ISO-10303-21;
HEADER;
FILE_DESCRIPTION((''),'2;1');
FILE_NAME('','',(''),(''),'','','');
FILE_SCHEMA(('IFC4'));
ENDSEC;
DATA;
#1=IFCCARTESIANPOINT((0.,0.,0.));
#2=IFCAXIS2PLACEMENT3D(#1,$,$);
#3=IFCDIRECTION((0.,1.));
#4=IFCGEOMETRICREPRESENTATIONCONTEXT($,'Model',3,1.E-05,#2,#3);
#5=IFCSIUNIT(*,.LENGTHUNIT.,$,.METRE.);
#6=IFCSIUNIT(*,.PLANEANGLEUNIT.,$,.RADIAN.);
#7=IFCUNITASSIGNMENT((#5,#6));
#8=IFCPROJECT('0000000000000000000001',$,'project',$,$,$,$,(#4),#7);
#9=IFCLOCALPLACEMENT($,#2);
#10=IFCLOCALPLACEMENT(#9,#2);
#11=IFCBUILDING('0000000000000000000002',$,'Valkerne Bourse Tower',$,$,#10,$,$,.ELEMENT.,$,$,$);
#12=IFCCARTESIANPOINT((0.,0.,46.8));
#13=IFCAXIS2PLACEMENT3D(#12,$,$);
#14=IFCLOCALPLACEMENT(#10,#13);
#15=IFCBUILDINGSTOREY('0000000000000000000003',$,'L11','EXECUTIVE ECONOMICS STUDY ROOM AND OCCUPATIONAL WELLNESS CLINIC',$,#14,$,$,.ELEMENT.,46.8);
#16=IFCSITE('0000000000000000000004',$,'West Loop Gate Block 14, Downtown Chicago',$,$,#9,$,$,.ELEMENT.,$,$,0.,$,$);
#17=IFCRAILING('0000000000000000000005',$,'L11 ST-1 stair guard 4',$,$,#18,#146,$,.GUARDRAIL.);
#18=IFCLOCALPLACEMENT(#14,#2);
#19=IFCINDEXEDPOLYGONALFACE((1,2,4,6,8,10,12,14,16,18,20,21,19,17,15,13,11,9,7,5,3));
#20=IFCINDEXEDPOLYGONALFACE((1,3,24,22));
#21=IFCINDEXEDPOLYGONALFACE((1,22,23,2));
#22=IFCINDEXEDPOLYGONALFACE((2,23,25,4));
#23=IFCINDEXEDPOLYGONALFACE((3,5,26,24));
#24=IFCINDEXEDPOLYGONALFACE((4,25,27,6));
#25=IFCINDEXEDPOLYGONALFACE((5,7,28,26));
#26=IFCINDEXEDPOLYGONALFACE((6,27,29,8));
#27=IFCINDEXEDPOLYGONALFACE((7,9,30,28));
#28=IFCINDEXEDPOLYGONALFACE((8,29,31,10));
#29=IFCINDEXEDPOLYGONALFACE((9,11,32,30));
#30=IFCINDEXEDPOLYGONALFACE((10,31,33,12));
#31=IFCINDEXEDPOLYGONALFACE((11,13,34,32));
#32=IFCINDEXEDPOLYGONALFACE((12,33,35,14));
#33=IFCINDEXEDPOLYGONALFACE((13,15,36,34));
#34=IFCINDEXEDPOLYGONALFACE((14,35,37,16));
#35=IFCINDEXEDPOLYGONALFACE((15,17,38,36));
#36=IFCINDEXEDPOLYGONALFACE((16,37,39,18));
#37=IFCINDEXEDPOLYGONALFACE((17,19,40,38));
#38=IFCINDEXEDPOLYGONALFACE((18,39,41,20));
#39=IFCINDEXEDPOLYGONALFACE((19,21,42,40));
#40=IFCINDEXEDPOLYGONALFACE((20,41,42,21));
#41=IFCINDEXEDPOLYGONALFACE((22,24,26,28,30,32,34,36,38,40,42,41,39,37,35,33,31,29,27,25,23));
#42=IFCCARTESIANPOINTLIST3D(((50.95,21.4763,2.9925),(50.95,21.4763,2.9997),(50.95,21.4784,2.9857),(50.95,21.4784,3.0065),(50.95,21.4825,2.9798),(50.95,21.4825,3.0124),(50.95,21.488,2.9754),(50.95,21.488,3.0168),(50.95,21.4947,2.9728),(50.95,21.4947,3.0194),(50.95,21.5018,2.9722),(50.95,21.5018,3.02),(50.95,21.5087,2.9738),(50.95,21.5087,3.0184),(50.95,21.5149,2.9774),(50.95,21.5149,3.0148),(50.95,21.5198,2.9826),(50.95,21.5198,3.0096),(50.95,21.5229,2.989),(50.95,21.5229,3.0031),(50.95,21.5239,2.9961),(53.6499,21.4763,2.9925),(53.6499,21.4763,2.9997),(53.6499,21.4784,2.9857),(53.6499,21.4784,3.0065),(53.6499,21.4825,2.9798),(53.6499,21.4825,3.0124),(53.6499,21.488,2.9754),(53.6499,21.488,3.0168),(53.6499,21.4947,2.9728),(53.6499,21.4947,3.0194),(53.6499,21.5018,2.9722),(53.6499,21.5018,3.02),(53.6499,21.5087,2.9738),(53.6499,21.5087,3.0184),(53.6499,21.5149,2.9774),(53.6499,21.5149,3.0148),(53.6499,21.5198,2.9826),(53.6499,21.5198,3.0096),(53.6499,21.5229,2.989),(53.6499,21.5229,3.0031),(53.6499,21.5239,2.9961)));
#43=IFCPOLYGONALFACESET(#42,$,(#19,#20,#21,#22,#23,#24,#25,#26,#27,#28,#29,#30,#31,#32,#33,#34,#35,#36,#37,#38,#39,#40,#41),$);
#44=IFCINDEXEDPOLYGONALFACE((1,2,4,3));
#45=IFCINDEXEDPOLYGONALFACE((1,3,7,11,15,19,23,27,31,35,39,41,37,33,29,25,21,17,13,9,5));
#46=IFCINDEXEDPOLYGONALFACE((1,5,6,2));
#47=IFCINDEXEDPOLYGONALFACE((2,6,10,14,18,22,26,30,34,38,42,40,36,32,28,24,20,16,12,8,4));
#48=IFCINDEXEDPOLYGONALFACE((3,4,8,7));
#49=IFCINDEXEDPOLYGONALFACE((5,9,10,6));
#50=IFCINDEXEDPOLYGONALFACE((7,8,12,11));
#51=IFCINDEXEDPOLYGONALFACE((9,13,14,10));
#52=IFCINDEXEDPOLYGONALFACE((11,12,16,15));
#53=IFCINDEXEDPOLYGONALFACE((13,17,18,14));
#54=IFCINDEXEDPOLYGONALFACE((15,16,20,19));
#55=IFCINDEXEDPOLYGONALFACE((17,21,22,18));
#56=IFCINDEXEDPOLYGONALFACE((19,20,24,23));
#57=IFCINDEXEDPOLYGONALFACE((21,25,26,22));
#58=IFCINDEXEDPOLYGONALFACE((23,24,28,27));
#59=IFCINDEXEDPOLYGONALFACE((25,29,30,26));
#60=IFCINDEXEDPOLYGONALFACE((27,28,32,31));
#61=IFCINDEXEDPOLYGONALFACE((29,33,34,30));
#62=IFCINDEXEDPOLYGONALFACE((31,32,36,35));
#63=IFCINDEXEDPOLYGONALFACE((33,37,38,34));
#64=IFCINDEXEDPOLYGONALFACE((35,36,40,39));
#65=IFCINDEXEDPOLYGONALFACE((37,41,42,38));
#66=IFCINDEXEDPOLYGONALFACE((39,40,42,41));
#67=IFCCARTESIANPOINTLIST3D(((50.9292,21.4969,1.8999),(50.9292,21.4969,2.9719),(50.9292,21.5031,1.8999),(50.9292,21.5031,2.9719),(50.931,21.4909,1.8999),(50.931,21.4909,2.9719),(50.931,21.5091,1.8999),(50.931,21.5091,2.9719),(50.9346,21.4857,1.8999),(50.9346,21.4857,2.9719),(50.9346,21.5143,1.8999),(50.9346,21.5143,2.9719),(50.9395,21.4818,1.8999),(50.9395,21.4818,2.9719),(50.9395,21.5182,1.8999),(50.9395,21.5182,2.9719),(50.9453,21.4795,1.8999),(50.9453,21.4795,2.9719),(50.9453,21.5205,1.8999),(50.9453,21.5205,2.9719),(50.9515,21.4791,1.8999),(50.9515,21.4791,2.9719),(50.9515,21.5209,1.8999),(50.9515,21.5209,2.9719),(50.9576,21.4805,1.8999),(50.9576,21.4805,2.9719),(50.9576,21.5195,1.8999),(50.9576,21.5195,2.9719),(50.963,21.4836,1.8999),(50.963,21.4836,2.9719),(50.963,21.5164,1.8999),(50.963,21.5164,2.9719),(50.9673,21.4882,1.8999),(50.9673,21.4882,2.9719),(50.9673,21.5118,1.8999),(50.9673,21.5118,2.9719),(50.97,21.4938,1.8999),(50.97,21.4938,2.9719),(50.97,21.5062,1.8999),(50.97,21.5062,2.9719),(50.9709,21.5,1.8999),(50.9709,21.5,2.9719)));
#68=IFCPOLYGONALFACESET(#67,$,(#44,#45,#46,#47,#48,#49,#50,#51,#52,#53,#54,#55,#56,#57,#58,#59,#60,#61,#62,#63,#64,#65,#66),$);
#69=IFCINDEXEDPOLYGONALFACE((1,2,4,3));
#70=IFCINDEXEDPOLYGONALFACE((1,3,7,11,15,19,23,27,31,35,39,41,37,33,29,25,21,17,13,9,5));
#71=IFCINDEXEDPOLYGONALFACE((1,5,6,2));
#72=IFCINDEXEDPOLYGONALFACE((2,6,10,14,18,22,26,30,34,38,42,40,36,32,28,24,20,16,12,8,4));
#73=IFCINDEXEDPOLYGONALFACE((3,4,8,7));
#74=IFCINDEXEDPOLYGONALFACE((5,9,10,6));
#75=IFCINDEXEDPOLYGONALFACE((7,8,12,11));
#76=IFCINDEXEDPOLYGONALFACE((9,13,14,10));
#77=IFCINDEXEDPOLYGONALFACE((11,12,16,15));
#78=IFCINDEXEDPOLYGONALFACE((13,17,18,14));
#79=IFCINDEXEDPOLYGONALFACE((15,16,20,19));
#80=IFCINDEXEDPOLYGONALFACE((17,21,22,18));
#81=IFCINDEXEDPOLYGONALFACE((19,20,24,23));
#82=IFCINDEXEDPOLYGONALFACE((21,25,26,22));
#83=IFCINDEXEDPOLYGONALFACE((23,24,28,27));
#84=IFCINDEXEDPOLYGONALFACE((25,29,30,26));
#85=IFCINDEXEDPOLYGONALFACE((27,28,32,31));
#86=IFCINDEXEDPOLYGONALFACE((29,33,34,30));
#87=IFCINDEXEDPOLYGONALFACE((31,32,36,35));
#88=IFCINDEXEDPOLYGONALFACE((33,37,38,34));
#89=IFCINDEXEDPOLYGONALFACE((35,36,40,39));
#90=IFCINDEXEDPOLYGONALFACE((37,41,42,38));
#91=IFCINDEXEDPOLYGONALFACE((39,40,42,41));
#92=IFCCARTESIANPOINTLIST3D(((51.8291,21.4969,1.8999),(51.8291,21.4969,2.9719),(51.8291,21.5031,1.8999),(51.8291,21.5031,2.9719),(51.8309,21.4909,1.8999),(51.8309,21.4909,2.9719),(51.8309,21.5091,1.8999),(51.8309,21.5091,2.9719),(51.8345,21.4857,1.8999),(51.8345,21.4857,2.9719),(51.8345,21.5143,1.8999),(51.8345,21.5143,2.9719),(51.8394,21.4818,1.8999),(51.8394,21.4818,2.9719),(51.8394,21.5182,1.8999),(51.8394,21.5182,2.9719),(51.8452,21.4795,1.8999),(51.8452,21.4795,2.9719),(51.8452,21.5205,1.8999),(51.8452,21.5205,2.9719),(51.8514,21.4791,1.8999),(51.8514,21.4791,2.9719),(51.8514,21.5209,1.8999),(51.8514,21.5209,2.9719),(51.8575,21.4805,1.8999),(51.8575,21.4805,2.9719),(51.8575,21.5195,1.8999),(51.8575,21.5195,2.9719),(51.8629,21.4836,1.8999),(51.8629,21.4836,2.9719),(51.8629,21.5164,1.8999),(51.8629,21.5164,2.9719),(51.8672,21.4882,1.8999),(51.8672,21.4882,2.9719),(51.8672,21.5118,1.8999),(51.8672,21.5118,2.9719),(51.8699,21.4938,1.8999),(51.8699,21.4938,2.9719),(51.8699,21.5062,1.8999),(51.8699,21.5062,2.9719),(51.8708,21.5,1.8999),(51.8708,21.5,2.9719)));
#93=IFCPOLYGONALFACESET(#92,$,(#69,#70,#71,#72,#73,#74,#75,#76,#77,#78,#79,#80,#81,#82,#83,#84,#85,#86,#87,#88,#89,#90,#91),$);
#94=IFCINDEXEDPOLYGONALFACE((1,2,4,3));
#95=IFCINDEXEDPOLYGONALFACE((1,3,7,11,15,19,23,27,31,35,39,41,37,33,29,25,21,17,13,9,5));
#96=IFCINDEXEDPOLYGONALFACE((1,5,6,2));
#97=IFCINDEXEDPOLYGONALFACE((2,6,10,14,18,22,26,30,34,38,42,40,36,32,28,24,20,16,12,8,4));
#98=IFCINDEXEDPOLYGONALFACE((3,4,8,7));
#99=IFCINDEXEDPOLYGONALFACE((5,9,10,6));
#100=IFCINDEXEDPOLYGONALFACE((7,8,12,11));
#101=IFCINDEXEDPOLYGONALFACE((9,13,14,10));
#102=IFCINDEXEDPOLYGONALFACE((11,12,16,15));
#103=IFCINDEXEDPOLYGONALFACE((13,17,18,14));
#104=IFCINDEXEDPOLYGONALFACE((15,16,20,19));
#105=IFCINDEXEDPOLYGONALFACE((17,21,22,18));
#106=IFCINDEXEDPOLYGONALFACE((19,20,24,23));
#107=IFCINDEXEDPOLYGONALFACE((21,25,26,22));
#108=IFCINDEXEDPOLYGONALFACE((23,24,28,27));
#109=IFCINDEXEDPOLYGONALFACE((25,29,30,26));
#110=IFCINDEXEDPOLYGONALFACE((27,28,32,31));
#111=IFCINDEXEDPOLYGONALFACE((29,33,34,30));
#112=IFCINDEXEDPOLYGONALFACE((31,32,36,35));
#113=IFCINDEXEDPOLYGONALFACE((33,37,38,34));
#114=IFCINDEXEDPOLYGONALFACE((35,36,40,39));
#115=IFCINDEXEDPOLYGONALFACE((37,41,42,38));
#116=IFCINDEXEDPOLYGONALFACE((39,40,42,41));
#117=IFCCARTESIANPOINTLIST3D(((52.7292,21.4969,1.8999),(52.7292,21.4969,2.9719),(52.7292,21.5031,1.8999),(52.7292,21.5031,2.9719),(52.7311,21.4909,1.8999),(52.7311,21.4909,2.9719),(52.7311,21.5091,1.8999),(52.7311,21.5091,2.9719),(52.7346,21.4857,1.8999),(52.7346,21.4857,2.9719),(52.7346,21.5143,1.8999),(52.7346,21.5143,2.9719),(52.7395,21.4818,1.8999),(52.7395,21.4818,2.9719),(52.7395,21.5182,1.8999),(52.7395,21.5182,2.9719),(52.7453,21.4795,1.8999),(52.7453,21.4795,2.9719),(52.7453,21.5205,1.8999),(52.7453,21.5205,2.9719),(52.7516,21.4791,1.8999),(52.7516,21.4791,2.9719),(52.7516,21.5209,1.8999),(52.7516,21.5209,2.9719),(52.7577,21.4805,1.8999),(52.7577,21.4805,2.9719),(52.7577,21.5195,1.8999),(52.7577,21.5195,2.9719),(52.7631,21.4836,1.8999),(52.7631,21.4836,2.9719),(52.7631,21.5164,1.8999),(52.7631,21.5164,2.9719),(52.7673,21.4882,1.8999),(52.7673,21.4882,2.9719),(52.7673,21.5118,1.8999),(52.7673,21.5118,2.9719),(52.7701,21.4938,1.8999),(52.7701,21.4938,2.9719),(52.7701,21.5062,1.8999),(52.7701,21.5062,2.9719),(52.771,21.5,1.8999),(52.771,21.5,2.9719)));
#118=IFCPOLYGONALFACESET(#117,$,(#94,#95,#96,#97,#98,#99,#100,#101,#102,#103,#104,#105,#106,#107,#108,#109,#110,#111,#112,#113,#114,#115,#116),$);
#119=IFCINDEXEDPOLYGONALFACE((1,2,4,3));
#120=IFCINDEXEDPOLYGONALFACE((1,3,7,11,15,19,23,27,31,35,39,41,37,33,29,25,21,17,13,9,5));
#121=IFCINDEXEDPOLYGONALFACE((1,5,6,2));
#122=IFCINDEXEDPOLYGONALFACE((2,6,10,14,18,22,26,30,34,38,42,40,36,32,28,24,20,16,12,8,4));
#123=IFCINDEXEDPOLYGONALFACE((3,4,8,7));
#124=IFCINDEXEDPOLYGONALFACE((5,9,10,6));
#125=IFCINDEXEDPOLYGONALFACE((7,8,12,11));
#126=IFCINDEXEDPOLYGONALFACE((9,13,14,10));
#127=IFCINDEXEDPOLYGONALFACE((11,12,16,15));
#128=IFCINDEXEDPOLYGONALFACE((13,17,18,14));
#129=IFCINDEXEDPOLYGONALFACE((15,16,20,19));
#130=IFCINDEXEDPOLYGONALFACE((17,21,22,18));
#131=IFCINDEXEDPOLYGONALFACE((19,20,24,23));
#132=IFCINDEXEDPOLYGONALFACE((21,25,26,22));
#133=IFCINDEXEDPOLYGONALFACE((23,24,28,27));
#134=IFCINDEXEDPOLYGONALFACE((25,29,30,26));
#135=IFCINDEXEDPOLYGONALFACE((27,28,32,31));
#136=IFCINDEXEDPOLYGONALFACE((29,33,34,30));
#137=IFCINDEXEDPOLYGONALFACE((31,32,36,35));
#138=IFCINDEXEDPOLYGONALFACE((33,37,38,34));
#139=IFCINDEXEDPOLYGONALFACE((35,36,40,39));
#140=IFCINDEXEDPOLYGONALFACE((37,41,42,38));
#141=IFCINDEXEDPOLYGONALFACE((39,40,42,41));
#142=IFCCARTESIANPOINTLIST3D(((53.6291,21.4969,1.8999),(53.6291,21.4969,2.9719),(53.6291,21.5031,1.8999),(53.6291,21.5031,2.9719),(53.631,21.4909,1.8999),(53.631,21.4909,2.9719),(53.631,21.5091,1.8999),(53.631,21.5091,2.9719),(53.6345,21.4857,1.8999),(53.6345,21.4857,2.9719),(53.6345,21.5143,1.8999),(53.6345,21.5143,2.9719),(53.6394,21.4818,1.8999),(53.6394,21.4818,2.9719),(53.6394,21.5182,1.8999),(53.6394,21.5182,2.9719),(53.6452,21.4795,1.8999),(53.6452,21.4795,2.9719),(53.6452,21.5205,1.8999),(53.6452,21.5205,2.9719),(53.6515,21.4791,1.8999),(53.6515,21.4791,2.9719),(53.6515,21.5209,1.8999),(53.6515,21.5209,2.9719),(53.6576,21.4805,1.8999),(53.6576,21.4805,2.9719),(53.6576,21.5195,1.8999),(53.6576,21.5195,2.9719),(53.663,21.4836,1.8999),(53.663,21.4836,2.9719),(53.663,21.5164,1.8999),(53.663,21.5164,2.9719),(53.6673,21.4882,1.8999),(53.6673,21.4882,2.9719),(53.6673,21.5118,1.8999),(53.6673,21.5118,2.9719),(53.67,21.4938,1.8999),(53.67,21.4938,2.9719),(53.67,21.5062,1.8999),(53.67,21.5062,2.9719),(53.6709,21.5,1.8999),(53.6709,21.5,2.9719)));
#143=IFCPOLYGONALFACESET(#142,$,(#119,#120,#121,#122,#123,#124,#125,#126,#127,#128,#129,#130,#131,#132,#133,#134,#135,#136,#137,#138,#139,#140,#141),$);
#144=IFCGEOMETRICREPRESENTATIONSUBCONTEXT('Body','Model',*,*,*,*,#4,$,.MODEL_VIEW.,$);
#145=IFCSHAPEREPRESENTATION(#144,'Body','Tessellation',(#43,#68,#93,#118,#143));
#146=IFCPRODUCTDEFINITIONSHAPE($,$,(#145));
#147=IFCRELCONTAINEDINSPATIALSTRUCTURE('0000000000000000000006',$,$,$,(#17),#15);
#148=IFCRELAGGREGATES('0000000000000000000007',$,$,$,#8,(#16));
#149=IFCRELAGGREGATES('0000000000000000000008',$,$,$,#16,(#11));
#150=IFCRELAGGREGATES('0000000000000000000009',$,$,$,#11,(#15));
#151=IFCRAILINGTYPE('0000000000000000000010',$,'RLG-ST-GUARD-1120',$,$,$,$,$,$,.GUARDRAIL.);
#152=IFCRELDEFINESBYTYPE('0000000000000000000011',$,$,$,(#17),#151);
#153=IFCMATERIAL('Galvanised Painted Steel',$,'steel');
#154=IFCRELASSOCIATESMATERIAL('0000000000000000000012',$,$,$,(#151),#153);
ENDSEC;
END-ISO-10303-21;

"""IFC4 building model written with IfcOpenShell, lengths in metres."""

from ifc_helpers import new_model, si_unit, direction, frame, origin, origin_2d, place, context, subcontext, project, spatial, circle, extrude, material, type_object, element, save


model = new_model("IFC4")

# Units and contexts
model_context = context("Model", 3, precision=1e-05, world=origin(), true_north=direction((0.0, 1.0)))
body_context = subcontext(model_context, "Body", "Model", "MODEL_VIEW")
ifc_project = project(units=[si_unit("LENGTHUNIT", "METRE"), si_unit("PLANEANGLEUNIT", "RADIAN")], contexts=[model_context])

# Site, building, storey
site_placement = place(None, origin())
site = spatial("IfcSite", under=ifc_project, at=site_placement, Name="West Loop Gate Block 14, Downtown Chicago", CompositionType="ELEMENT", RefElevation=0.0)
building_placement = place(site_placement, origin())
building = spatial("IfcBuilding", under=site, at=building_placement, Name="Valkerne Bourse Tower", CompositionType="ELEMENT")
storey_placement = place(building_placement, frame((0.0, 0.0, 46.8)))
storey = spatial("IfcBuildingStorey", under=building, at=storey_placement, Name="L11", Description="EXECUTIVE ECONOMICS STUDY ROOM AND OCCUPATIONAL WELLNESS CLINIC", CompositionType="ELEMENT", Elevation=46.8)

# Shared definitions
ifc_material_1 = material(Name="Galvanised Painted Steel", Category="steel")

# Railing
railing_type_1 = type_object("IfcRailingType", Name="RLG-ST-GUARD-1120", PredefinedType="GUARDRAIL", material=ifc_material_1)
for number, where, name in (
    (1, (50.95, 21.5, 1.8999), "L11 ST-1 stair guard 4"),
):
    element("IfcRailing", number, at=place(storey_placement, frame(where)), inside=storey, type_object=railing_type_1, Name=name, PredefinedType="GUARDRAIL", context=body_context, shape_type="SweptSolid", body=[
        extrude(circle(Radius=0.0239, at=origin_2d()), frame((0.0, 0.0, 1.0962), z_axis=(1.0, 0.0, 0.0), x_axis=(0.0, 1.0, 0.0)), (0.0, 0.0, 1.0), 2.7),
        extrude(circle(Radius=0.021, at=origin_2d()), origin(), (0.0, 0.0, 1.0), 1.072),
        extrude(circle(Radius=0.021, at=origin_2d()), frame((0.8999, 0.0, 0.0)), (0.0, 0.0, 1.0), 1.072),
        extrude(circle(Radius=0.021, at=origin_2d()), frame((1.8, 0.0, 0.0)), (0.0, 0.0, 1.0), 1.072),
        extrude(circle(Radius=0.021, at=origin_2d()), frame((2.7, 0.0, 0.0)), (0.0, 0.0, 1.0), 1.072),
    ])

save(model, "model.ifc")
